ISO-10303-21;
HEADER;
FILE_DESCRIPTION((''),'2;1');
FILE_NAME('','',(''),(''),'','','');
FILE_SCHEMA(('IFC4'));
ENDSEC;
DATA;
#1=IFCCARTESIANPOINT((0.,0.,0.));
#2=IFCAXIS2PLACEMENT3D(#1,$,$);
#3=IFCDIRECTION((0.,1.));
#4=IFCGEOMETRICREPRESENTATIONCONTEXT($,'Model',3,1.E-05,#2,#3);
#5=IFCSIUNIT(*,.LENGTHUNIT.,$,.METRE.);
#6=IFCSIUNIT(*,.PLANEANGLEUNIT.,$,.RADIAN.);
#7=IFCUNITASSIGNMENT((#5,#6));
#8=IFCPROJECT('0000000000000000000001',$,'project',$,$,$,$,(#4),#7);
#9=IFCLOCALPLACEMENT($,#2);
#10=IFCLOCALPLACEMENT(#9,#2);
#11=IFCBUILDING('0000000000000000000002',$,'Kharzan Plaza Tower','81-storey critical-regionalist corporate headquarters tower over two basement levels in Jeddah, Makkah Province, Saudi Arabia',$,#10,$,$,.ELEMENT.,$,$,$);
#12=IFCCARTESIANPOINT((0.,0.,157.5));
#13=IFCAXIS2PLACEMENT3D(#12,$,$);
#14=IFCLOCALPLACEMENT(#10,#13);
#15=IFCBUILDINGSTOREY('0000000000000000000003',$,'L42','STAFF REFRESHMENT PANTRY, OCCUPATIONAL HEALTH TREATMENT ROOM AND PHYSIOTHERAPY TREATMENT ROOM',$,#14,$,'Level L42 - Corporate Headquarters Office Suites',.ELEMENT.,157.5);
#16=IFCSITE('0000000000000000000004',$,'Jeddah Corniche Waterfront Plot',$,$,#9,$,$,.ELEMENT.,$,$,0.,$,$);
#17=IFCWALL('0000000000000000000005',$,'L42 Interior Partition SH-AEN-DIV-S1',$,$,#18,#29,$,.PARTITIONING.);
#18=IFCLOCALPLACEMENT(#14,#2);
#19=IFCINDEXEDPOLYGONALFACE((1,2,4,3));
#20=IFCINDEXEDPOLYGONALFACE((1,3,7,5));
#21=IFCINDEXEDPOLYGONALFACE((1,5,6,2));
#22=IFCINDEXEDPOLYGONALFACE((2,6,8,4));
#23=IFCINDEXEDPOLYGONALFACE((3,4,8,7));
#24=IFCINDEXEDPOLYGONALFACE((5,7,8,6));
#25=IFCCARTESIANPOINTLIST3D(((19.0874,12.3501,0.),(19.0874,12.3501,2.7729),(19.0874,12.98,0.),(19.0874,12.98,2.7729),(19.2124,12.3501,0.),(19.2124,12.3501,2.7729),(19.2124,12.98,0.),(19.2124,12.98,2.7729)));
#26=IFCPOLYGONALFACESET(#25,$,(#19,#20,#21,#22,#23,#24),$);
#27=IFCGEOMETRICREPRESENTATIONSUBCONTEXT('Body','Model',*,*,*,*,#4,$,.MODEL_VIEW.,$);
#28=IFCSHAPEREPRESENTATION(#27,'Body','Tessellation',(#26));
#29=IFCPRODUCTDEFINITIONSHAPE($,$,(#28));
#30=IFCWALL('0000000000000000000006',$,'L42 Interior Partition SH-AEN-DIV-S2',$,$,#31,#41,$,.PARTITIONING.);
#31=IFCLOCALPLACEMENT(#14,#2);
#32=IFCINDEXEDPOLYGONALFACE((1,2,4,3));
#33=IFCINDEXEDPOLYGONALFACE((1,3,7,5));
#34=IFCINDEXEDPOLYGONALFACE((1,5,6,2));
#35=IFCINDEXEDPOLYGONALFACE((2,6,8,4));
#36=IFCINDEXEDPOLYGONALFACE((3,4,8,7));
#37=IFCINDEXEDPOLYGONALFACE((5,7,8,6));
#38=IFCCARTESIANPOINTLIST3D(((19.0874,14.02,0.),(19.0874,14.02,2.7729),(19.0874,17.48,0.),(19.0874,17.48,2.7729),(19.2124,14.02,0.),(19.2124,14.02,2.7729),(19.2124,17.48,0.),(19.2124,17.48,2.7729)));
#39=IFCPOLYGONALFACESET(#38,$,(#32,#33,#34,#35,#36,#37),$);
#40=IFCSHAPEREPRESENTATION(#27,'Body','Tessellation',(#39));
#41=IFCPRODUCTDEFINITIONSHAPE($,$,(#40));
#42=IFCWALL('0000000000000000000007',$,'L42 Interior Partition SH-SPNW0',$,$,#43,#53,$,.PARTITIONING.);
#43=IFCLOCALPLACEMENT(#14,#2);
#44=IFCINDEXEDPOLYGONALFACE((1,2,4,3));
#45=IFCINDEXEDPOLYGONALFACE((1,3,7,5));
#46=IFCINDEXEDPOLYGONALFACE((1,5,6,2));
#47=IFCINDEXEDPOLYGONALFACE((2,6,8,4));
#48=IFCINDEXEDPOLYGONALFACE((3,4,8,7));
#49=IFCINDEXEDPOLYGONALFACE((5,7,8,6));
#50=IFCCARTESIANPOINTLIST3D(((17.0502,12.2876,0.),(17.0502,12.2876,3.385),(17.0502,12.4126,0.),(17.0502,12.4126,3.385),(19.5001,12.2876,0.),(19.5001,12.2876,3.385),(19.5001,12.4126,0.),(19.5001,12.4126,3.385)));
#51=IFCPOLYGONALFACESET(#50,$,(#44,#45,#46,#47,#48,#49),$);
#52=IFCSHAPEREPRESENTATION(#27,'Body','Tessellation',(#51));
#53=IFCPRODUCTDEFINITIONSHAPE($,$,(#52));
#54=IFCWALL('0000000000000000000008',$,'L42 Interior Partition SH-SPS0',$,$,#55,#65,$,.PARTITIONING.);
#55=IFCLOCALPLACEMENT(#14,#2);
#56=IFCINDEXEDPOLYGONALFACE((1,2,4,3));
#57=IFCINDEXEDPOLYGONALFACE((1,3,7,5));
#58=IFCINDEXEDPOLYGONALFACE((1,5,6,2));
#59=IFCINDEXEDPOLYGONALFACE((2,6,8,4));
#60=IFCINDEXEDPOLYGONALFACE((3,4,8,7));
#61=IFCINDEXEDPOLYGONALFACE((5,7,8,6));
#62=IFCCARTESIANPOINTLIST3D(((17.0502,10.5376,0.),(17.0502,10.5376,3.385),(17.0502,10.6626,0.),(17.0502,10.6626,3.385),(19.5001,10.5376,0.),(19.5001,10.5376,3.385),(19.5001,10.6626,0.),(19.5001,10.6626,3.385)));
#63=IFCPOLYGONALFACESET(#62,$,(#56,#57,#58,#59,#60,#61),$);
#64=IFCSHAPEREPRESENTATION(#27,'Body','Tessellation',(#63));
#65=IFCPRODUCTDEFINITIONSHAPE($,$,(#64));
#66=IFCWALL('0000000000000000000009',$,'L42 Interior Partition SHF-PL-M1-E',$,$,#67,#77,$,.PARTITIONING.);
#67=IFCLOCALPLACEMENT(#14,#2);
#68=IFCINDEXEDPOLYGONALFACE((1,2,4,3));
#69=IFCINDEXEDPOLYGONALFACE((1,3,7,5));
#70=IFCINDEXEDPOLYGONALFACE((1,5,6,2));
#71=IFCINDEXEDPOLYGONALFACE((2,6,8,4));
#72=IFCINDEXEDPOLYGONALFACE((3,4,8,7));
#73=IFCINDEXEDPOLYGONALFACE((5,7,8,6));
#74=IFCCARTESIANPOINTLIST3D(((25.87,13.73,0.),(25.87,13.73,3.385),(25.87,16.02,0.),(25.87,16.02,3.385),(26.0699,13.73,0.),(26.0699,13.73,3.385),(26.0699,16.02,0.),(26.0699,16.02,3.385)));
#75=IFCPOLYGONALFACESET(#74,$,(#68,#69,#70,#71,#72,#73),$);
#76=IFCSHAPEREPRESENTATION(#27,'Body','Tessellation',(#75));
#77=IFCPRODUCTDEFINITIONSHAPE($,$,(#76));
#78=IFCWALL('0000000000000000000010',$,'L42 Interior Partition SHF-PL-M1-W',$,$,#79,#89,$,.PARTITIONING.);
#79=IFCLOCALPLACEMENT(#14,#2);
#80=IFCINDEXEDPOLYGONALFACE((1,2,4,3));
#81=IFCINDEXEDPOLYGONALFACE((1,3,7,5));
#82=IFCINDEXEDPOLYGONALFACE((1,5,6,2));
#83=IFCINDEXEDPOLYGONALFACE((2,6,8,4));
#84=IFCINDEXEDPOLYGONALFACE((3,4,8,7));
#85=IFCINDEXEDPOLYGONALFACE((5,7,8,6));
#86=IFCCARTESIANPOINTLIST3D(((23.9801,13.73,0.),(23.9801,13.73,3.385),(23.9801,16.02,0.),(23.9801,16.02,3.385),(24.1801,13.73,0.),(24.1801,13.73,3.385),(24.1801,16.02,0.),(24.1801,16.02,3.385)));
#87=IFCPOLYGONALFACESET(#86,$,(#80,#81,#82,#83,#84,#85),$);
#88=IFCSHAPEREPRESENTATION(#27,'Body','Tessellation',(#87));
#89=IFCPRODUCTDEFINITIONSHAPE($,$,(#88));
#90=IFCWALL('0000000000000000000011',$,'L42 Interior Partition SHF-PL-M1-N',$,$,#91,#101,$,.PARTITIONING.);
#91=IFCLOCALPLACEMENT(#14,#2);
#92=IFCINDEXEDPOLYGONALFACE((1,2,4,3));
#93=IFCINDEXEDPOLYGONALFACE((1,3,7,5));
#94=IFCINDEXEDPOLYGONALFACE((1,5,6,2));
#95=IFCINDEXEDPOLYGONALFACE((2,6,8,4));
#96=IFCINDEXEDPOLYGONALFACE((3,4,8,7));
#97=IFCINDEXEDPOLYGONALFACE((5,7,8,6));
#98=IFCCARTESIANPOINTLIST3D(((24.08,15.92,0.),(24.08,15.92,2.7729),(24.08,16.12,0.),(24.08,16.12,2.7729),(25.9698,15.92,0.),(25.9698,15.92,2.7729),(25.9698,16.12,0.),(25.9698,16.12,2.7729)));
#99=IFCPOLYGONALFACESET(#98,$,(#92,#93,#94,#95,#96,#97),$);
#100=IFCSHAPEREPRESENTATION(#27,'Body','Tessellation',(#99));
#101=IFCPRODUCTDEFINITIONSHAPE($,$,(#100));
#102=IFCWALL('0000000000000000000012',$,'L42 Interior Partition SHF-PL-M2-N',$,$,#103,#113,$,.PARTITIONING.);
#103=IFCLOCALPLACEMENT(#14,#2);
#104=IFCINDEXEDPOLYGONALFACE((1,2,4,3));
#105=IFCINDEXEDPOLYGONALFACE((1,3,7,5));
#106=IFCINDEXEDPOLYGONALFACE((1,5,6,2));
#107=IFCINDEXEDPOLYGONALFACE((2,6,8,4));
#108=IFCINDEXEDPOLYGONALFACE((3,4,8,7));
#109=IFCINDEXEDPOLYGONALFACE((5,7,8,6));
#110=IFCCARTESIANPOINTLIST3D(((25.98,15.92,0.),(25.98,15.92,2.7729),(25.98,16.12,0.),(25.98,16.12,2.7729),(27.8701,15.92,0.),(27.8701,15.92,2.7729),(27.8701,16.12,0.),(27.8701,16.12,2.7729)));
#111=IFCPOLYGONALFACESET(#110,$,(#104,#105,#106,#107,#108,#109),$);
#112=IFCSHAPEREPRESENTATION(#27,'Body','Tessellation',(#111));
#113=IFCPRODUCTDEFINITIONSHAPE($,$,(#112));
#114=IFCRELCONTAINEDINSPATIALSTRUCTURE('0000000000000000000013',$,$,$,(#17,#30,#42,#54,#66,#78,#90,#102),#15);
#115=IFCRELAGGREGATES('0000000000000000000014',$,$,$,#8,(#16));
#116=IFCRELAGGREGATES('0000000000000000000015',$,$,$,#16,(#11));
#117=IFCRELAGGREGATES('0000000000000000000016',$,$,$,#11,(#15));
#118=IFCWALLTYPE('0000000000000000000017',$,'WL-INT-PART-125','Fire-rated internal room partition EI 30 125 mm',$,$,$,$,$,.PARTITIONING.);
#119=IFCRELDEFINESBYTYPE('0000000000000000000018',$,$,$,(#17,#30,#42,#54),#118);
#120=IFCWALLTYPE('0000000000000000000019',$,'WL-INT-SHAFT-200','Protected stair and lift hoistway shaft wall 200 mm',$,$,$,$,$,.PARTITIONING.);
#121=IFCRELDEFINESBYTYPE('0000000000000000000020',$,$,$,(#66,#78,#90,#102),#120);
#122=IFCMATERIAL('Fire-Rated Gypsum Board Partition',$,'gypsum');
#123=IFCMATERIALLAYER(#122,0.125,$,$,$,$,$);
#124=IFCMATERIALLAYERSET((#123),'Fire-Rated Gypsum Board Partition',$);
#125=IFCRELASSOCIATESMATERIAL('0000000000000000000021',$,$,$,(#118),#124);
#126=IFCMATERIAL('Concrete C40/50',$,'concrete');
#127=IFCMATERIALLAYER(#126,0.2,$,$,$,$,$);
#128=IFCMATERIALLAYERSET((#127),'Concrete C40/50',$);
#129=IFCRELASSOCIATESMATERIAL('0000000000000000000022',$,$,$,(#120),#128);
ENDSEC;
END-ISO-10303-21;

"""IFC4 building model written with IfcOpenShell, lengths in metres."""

from ifc_helpers import new_model, si_unit, direction, frame, frame_2d, origin, place, context, subcontext, project, spatial, rectangle, extrude, source, transform, mapped, material, layer, layer_set, type_object, element, save


model = new_model("IFC4")

# Units and contexts
model_context = context("Model", 3, precision=1e-05, world=origin(), true_north=direction((0.0, 1.0)))
body_context = subcontext(model_context, "Body", "Model", "MODEL_VIEW")
ifc_project = project(units=[si_unit("LENGTHUNIT", "METRE"), si_unit("PLANEANGLEUNIT", "RADIAN")], contexts=[model_context])

# Site, building, storey
site_placement = place(None, origin())
site = spatial("IfcSite", under=ifc_project, at=site_placement, Name="Jeddah Corniche Waterfront Plot", CompositionType="ELEMENT", RefElevation=0.0)
building_placement = place(site_placement, origin())
building = spatial("IfcBuilding", under=site, at=building_placement, Name="Kharzan Plaza Tower", Description="81-storey critical-regionalist corporate headquarters tower over two basement levels in Jeddah, Makkah Province, Saudi Arabia", CompositionType="ELEMENT")
storey_placement = place(building_placement, frame((0.0, 0.0, 157.5)))
storey = spatial("IfcBuildingStorey", under=building, at=storey_placement, Name="L42", Description="STAFF REFRESHMENT PANTRY, OCCUPATIONAL HEALTH TREATMENT ROOM AND PHYSIOTHERAPY TREATMENT ROOM", LongName="Level L42 - Corporate Headquarters Office Suites", CompositionType="ELEMENT", Elevation=157.5)

# Shared definitions
ifc_material_1 = material(Name="Fire-Rated Gypsum Board Partition", Category="gypsum")
ifc_layer_1 = layer(ifc_material_1, 0.125)
ifc_layer_set_1 = layer_set([ifc_layer_1], Name="Fire-Rated Gypsum Board Partition")
wall_type_1 = type_object("IfcWallType", Name="WL-INT-PART-125", Description="Fire-rated internal room partition EI 30 125 mm", PredefinedType="PARTITIONING", material=ifc_layer_set_1)
ifc_material_2 = material(Name="Concrete C40/50", Category="concrete")
ifc_layer_2 = layer(ifc_material_2, 0.2)
ifc_layer_set_2 = layer_set([ifc_layer_2], Name="Concrete C40/50")
wall_type_2 = type_object("IfcWallType", Name="WL-INT-SHAFT-200", Description="Protected stair and lift hoistway shaft wall 200 mm", PredefinedType="PARTITIONING", material=ifc_layer_set_2)

# Walls
shared_shape_1 = source(origin(), body_context, "Body", "SweptSolid", [
    extrude(rectangle(XDim=0.6299, YDim=0.125, at=frame_2d((0.3149, 0.0))), origin(), (0.0, 0.0, 1.0), 2.7729),
])
wall_1_placement = place(storey_placement, frame((19.1499, 12.3501, 0.0), z_axis=(0.0, 0.0, 1.0), x_axis=(0.0, 1.0, 0.0)))
element("IfcWall", 1, at=wall_1_placement, inside=storey, type_object=wall_type_1, Name="L42 Interior Partition SH-AEN-DIV-S1", PredefinedType="PARTITIONING", context=body_context, shape_type="MappedRepresentation", body=[
    mapped(shared_shape_1, transform((0.0, 0.0, 0.0), x_axis=(1.0, 0.0, 0.0), y_axis=(0.0, 1.0, 0.0), z_axis=(0.0, 0.0, 1.0))),
])
shared_shape_2 = source(origin(), body_context, "Body", "SweptSolid", [
    extrude(rectangle(XDim=3.46, YDim=0.125, at=frame_2d((1.73, 0.0))), origin(), (0.0, 0.0, 1.0), 2.7729),
])
wall_2_placement = place(storey_placement, frame((19.1499, 14.02, 0.0), z_axis=(0.0, 0.0, 1.0), x_axis=(0.0, 1.0, 0.0)))
element("IfcWall", 2, at=wall_2_placement, inside=storey, type_object=wall_type_1, Name="L42 Interior Partition SH-AEN-DIV-S2", PredefinedType="PARTITIONING", context=body_context, shape_type="MappedRepresentation", body=[
    mapped(shared_shape_2, transform((0.0, 0.0, 0.0), x_axis=(1.0, 0.0, 0.0), y_axis=(0.0, 1.0, 0.0), z_axis=(0.0, 0.0, 1.0))),
])
shared_shape_3 = source(origin(), body_context, "Body", "SweptSolid", [
    extrude(rectangle(XDim=2.45, YDim=0.125, at=frame_2d((1.2251, 0.0))), origin(), (0.0, 0.0, 1.0), 3.385),
])
for number, where, z_axis, x_axis, name in (
    (3, (17.05, 12.3501, 0.0), (0.0, 0.0, 1.0), (1.0, 0.0, 0.0), "L42 Interior Partition SH-SPNW0"),
    (4, (17.05, 10.6001, 0.0), (0.0, 0.0, 1.0), (1.0, 0.0, 0.0), "L42 Interior Partition SH-SPS0"),
):
    element("IfcWall", number, at=place(storey_placement, frame(where, z_axis=z_axis, x_axis=x_axis)), inside=storey, type_object=wall_type_1, Name=name, PredefinedType="PARTITIONING", context=body_context, shape_type="MappedRepresentation", body=[
        mapped(shared_shape_3, transform((0.0, 0.0, 0.0), x_axis=(1.0, 0.0, 0.0), y_axis=(0.0, 1.0, 0.0), z_axis=(0.0, 0.0, 1.0))),
    ])
shared_shape_4 = source(origin(), body_context, "Body", "SweptSolid", [
    extrude(rectangle(XDim=2.29, YDim=0.2, at=frame_2d((1.145, 0.0))), origin(), (0.0, 0.0, 1.0), 3.385),
])
for number, where, z_axis, x_axis, name in (
    (5, (25.97, 13.73, 0.0), (0.0, 0.0, 1.0), (0.0, 1.0, 0.0), "L42 Interior Partition SHF-PL-M1-E"),
    (6, (24.0801, 13.73, 0.0), (0.0, 0.0, 1.0), (0.0, 1.0, 0.0), "L42 Interior Partition SHF-PL-M1-W"),
):
    element("IfcWall", number, at=place(storey_placement, frame(where, z_axis=z_axis, x_axis=x_axis)), inside=storey, type_object=wall_type_2, Name=name, PredefinedType="PARTITIONING", context=body_context, shape_type="MappedRepresentation", body=[
        mapped(shared_shape_4, transform((0.0, 0.0, 0.0), x_axis=(1.0, 0.0, 0.0), y_axis=(0.0, 1.0, 0.0), z_axis=(0.0, 0.0, 1.0))),
    ])
shared_shape_5 = source(origin(), body_context, "Body", "SweptSolid", [
    extrude(rectangle(XDim=1.8899, YDim=0.2, at=frame_2d((0.9448, 0.0))), origin(), (0.0, 0.0, 1.0), 2.7729),
])
wall_3_placement = place(storey_placement, frame((24.0801, 16.02, 0.0), z_axis=(0.0, 0.0, 1.0), x_axis=(1.0, 0.0, 0.0)))
element("IfcWall", 7, at=wall_3_placement, inside=storey, type_object=wall_type_2, Name="L42 Interior Partition SHF-PL-M1-N", PredefinedType="PARTITIONING", context=body_context, shape_type="MappedRepresentation", body=[
    mapped(shared_shape_5, transform((0.0, 0.0, 0.0), x_axis=(1.0, 0.0, 0.0), y_axis=(0.0, 1.0, 0.0), z_axis=(0.0, 0.0, 1.0))),
])
shared_shape_6 = source(origin(), body_context, "Body", "SweptSolid", [
    extrude(rectangle(XDim=1.8901, YDim=0.2, at=frame_2d((0.9451, 0.0))), origin(), (0.0, 0.0, 1.0), 2.7729),
])
wall_4_placement = place(storey_placement, frame((25.98, 16.02, 0.0), z_axis=(0.0, 0.0, 1.0), x_axis=(1.0, 0.0, 0.0)))
element("IfcWall", 8, at=wall_4_placement, inside=storey, type_object=wall_type_2, Name="L42 Interior Partition SHF-PL-M2-N", PredefinedType="PARTITIONING", context=body_context, shape_type="MappedRepresentation", body=[
    mapped(shared_shape_6, transform((0.0, 0.0, 0.0), x_axis=(1.0, 0.0, 0.0), y_axis=(0.0, 1.0, 0.0), z_axis=(0.0, 0.0, 1.0))),
])

save(model, "model.ifc")
